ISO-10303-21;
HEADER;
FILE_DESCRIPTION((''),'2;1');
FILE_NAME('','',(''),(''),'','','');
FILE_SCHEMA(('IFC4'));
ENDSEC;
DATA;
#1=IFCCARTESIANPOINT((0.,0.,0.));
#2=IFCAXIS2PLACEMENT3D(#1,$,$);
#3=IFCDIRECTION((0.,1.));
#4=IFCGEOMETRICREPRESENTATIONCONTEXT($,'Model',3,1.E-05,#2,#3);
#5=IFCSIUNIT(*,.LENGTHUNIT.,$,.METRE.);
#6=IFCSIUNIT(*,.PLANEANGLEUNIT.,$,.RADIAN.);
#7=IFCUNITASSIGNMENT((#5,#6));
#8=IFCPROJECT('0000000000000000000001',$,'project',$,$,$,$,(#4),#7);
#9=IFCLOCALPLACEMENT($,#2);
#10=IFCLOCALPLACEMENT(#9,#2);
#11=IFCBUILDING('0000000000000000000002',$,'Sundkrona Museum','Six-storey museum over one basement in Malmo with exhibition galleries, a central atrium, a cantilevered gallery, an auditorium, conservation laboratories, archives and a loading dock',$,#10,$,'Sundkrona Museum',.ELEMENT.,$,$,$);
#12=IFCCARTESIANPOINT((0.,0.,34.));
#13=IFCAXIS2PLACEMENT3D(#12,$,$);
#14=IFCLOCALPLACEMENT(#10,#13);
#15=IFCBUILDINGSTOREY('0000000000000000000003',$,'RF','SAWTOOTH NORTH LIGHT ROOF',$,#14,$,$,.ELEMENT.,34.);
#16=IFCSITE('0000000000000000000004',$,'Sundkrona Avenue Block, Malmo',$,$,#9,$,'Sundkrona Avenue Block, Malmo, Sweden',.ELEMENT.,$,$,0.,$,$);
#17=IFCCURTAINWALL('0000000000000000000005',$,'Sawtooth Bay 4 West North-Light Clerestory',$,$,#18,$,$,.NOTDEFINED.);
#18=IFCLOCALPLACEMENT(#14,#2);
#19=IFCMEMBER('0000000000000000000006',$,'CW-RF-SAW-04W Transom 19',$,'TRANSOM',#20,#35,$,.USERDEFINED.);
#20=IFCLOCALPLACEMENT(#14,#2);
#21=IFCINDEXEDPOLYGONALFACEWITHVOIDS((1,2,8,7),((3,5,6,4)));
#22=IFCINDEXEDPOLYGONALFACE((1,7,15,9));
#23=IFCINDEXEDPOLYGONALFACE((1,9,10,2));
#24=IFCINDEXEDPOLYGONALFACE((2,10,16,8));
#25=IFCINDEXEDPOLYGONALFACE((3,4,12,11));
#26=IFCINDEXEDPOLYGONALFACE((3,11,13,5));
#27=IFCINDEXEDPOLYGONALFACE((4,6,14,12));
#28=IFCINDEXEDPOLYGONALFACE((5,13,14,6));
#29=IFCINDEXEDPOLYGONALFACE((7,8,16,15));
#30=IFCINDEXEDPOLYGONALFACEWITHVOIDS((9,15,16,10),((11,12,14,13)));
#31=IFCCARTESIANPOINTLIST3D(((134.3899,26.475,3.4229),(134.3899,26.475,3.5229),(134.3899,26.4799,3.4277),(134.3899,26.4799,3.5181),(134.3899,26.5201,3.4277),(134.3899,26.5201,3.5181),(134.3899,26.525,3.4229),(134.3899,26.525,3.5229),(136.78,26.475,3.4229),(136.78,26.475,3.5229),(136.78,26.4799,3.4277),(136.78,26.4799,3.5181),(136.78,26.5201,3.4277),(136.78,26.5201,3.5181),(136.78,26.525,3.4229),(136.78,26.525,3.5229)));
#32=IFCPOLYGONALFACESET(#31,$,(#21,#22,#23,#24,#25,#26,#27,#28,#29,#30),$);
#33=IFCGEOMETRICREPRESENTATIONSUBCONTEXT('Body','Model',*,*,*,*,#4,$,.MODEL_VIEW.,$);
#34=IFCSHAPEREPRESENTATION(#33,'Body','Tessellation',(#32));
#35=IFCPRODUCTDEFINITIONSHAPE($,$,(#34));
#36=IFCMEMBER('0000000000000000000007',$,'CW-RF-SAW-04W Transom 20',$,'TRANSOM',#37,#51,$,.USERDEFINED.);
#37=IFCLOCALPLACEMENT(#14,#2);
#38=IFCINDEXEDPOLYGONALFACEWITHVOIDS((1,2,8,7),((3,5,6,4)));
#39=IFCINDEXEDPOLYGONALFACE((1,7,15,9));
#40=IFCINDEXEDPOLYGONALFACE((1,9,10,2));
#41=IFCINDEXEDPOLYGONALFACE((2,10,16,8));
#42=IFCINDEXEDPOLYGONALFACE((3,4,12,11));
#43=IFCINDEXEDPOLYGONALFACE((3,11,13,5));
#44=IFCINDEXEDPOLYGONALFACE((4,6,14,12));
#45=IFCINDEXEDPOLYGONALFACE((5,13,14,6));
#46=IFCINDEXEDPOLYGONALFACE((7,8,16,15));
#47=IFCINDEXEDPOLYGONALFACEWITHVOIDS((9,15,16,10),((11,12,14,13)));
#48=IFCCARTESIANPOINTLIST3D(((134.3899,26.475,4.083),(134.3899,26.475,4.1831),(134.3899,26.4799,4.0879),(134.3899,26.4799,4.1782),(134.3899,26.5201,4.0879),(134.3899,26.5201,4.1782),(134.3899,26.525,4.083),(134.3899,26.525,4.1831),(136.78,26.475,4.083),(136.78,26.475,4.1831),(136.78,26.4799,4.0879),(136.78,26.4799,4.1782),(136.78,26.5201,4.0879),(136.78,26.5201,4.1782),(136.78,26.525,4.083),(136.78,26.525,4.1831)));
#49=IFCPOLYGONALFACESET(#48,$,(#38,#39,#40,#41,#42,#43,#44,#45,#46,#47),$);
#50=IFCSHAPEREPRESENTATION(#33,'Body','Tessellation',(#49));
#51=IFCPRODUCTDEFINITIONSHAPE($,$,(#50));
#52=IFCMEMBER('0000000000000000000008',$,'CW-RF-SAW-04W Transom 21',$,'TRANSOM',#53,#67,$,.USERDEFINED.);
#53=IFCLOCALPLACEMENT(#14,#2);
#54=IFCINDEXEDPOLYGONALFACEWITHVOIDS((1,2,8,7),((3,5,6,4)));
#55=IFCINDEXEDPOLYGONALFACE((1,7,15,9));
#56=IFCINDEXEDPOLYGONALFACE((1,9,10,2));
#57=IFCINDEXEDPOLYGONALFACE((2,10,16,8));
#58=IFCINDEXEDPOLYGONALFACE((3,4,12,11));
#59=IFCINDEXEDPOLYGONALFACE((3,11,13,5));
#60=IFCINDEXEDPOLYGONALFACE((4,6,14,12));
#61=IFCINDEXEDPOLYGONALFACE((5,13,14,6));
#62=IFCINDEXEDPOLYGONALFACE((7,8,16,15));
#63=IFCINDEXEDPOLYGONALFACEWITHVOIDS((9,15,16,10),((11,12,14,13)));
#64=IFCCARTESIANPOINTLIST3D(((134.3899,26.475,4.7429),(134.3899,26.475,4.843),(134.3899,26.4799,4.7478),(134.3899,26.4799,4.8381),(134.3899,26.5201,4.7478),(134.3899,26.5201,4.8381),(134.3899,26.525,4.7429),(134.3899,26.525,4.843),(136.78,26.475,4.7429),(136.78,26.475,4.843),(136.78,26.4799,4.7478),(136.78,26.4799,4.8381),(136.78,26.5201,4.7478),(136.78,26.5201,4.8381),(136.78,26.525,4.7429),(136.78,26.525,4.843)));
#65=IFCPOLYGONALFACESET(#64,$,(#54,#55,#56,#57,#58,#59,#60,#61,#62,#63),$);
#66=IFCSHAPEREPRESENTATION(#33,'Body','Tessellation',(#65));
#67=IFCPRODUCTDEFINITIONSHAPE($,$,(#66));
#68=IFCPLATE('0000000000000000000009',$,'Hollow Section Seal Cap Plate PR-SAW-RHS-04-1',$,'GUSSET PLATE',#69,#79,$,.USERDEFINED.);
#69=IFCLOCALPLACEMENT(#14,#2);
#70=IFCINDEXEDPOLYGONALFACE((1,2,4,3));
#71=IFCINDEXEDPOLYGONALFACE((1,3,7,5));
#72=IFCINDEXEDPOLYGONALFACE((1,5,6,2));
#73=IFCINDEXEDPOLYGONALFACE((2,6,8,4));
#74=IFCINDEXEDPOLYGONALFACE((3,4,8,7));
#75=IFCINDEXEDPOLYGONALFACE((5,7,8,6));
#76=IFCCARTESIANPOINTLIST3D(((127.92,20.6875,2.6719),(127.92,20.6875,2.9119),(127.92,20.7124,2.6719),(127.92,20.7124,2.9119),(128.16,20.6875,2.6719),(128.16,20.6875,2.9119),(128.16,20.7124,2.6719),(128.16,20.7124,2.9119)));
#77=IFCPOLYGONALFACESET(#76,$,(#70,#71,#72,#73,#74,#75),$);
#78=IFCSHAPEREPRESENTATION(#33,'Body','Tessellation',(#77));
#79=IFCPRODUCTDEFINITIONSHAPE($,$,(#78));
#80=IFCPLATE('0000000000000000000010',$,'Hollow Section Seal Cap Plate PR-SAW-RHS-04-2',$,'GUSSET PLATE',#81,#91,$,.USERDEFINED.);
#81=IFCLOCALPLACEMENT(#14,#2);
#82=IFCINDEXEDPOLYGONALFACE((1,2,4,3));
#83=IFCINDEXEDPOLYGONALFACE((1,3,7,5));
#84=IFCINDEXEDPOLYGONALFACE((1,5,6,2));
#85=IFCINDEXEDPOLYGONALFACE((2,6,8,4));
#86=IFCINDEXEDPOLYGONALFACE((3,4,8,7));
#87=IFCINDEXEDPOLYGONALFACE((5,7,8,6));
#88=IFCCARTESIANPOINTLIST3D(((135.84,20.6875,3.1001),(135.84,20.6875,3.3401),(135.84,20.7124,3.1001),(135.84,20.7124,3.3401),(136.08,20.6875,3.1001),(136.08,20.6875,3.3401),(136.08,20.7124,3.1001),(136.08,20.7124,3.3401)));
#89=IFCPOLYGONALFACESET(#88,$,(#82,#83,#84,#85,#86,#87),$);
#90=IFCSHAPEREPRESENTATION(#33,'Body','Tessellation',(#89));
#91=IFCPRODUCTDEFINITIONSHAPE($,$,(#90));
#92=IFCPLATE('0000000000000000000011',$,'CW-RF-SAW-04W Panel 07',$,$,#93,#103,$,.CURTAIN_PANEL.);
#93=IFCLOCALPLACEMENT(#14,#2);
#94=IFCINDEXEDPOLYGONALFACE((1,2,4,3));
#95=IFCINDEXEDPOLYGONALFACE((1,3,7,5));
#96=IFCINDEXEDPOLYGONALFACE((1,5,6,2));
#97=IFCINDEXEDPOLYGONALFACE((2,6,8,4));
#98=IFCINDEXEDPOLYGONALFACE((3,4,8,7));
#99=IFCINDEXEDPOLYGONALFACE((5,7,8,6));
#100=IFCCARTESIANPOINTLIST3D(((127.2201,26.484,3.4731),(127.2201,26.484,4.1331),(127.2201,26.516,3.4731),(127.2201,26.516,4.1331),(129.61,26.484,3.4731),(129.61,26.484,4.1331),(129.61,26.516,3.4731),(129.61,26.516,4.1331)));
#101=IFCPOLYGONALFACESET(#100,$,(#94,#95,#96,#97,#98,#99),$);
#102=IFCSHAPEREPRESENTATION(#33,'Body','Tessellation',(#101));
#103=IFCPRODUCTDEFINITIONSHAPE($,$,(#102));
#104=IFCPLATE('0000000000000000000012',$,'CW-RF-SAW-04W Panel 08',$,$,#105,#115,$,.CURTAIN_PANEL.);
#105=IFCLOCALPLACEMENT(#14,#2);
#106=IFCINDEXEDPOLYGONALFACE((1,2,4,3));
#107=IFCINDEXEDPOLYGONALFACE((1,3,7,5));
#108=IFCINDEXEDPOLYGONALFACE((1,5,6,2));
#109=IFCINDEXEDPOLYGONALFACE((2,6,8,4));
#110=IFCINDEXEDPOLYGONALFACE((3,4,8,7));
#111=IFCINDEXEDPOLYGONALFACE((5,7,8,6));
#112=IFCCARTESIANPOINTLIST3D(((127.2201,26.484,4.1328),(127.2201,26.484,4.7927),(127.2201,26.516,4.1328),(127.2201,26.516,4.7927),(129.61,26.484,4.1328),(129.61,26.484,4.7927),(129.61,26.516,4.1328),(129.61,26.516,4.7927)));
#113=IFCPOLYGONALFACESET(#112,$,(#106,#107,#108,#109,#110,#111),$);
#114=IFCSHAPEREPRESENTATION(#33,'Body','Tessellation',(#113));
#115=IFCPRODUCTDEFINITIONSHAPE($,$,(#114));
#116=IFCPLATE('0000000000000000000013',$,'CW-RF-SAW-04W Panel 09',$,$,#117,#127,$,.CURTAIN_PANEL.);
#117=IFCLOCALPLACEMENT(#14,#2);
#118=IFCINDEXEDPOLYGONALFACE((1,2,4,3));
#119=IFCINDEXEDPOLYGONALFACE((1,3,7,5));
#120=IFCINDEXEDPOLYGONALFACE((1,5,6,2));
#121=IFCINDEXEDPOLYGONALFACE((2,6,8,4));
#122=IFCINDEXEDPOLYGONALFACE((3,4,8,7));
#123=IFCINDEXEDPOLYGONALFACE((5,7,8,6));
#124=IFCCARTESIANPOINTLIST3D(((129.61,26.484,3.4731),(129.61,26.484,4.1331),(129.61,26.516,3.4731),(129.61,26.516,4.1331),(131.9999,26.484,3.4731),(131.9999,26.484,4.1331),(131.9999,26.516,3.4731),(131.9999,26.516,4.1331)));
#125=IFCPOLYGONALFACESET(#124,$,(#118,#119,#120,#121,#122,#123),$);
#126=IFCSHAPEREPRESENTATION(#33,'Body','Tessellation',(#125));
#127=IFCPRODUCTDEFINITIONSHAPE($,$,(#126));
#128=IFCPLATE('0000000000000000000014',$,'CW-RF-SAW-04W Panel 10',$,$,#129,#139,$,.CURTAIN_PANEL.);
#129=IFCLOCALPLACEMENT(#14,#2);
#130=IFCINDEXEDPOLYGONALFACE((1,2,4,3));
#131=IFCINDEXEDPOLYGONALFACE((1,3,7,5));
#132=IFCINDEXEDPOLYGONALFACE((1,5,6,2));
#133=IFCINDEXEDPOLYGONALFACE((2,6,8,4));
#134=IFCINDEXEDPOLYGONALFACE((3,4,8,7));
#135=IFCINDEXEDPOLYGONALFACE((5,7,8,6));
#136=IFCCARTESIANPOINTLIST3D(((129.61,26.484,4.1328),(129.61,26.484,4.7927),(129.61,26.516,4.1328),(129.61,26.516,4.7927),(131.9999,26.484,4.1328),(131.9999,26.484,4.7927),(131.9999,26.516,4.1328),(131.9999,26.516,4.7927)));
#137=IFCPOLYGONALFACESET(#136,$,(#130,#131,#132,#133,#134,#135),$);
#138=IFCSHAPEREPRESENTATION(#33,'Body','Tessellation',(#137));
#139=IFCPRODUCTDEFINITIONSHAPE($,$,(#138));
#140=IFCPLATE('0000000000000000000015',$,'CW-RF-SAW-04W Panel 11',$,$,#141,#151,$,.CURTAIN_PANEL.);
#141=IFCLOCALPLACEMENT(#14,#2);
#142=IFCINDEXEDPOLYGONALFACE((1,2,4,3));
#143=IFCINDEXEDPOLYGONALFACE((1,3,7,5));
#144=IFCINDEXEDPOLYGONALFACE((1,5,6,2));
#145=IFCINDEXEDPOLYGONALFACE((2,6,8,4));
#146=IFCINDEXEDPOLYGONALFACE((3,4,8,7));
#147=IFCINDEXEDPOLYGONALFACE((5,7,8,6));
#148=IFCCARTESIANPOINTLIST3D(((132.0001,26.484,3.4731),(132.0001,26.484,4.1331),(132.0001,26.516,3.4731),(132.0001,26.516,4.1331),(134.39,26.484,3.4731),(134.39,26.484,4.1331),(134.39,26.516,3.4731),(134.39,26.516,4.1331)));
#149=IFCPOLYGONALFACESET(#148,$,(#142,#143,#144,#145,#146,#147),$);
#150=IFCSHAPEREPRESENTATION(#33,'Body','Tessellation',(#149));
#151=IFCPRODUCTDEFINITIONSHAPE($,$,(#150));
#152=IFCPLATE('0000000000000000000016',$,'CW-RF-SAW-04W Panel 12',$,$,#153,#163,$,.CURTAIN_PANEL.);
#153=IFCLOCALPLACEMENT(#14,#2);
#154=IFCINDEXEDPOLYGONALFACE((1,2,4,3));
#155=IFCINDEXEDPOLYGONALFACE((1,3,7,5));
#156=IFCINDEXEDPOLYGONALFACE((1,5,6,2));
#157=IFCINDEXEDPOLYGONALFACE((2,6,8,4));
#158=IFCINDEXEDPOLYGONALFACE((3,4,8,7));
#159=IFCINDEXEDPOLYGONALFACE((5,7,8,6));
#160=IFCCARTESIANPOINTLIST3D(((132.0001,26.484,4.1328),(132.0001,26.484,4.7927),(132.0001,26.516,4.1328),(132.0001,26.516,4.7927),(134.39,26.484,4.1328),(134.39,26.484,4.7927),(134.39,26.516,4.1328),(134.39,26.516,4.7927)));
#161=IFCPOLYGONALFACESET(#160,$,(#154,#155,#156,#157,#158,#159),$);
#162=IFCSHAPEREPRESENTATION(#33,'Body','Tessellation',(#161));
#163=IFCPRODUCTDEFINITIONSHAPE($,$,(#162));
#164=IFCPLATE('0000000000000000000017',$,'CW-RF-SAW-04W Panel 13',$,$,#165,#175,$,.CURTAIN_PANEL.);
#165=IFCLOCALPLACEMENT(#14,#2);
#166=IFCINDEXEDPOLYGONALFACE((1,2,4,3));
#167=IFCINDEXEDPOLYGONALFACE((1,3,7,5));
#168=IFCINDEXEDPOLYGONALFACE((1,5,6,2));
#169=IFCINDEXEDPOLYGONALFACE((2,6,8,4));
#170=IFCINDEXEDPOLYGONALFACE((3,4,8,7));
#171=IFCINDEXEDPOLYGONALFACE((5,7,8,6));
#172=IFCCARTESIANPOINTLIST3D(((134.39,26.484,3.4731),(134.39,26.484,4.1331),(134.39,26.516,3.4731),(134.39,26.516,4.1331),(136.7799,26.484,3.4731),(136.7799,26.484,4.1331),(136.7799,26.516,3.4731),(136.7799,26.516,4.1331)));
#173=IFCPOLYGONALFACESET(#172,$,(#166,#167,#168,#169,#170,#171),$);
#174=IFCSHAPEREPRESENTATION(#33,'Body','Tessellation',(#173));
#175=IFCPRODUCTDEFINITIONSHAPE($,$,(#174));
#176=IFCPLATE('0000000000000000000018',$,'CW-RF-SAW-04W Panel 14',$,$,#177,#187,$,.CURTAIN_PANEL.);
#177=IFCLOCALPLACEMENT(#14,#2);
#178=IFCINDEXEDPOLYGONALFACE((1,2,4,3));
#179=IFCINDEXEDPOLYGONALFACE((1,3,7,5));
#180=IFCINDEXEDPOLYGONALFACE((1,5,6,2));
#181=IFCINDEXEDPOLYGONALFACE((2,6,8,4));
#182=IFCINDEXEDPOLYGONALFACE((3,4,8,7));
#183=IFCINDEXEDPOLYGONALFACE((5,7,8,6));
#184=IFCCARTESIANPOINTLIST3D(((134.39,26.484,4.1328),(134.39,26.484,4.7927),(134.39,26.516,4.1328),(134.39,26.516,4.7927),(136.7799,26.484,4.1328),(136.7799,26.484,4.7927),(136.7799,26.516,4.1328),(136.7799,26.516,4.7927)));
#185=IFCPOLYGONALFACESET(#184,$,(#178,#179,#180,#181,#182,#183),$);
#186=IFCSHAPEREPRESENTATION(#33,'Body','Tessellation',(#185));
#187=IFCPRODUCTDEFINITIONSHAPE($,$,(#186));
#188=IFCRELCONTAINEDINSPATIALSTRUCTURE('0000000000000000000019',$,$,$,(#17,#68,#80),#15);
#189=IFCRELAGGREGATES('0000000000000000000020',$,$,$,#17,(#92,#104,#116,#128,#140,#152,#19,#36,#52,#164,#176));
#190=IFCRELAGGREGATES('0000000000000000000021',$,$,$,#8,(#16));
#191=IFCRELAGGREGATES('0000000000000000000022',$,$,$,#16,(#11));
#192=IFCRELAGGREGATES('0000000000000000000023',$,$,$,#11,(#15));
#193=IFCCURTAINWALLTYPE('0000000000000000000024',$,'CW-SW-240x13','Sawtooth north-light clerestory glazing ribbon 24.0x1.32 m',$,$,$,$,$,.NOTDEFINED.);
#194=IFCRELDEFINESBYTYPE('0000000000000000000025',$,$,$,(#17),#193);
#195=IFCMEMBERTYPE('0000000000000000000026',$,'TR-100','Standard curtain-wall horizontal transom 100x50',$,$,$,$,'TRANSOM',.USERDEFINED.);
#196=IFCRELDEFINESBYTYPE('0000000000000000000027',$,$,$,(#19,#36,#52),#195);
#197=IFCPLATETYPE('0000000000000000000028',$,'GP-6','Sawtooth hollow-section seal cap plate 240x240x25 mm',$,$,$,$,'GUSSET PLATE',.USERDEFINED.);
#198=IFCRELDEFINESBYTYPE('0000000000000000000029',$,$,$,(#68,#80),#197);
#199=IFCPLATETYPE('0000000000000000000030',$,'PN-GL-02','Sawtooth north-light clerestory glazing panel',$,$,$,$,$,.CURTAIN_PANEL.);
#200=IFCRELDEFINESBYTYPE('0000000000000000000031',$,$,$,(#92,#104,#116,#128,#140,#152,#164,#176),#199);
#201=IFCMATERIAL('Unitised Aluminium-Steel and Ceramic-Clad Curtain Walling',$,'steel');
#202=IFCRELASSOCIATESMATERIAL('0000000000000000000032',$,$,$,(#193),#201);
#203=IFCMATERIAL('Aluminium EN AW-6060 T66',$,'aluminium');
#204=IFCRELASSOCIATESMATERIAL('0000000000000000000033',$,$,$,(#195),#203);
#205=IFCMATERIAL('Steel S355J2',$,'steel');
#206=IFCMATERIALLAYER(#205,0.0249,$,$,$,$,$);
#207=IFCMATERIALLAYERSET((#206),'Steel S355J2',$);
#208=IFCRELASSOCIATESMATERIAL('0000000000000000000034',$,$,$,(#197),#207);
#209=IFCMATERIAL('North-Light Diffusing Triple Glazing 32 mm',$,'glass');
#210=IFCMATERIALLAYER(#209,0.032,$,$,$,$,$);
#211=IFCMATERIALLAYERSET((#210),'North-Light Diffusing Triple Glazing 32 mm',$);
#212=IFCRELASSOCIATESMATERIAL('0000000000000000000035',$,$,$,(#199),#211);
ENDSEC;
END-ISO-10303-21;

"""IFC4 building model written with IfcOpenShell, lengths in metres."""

from ifc_helpers import new_model, si_unit, direction, frame, origin, origin_2d, place, context, subcontext, project, spatial, rectangle, hollow_rectangle, extrude, material, layer, layer_set, material_profile, profile_set, type_object, element, aggregate, save


model = new_model("IFC4")

# Units and contexts
model_context = context("Model", 3, precision=1e-05, world=origin(), true_north=direction((0.0, 1.0)))
body_context = subcontext(model_context, "Body", "Model", "MODEL_VIEW")
ifc_project = project(units=[si_unit("LENGTHUNIT", "METRE"), si_unit("PLANEANGLEUNIT", "RADIAN")], contexts=[model_context])

# Site, building, storey
site_placement = place(None, origin())
site = spatial("IfcSite", under=ifc_project, at=site_placement, Name="Sundkrona Avenue Block, Malmo", LongName="Sundkrona Avenue Block, Malmo, Sweden", CompositionType="ELEMENT", RefElevation=0.0)
building_placement = place(site_placement, origin())
building = spatial("IfcBuilding", under=site, at=building_placement, Name="Sundkrona Museum", Description="Six-storey museum over one basement in Malmo with exhibition galleries, a central atrium, a cantilevered gallery, an auditorium, conservation laboratories, archives and a loading dock", LongName="Sundkrona Museum", CompositionType="ELEMENT")
storey_placement = place(building_placement, frame((0.0, 0.0, 34.0)))
storey = spatial("IfcBuildingStorey", under=building, at=storey_placement, Name="RF", Description="SAWTOOTH NORTH LIGHT ROOF", CompositionType="ELEMENT", Elevation=34.0)

# Curtain wall
ifc_material_1 = material(Name="Unitised Aluminium-Steel and Ceramic-Clad Curtain Walling", Category="steel")
curtain_wall_type = type_object("IfcCurtainWallType", Name="CW-SW-240x13", Description="Sawtooth north-light clerestory glazing ribbon 24.0x1.32 m", PredefinedType="NOTDEFINED", material=ifc_material_1)
curtain_wall_placement = place(storey_placement, origin())
curtain_wall = element("IfcCurtainWall", 1, at=curtain_wall_placement, inside=storey, type_object=curtain_wall_type, Name="Sawtooth Bay 4 West North-Light Clerestory", PredefinedType="NOTDEFINED")
ifc_material_2 = material(Name="Aluminium EN AW-6060 T66", Category="aluminium")

# Members
ifc_material_3 = material(Name="Steel S355J2", Category="steel")
ifc_material_profile_1 = material_profile(ifc_material_2, hollow_rectangle(XDim=0.05, YDim=0.1001, WallThickness=0.0049, at=origin_2d()), Name="RHS 100x50x5.0")
ifc_profile_set_1 = profile_set([ifc_material_profile_1], Name="Aluminium EN AW-6060 T66")
member_type_1 = type_object("IfcMemberType", Name="TR-100", Description="Standard curtain-wall horizontal transom 100x50", ElementType="TRANSOM", PredefinedType="USERDEFINED", material=ifc_profile_set_1)
member_1_placement = place(storey_placement, frame((134.3899, 26.5, 3.4729), z_axis=(1.0, 0.0, 0.0), x_axis=(0.0, 1.0, 0.0)))
member_1 = element("IfcMember", 2, at=member_1_placement, type_object=member_type_1, Name="CW-RF-SAW-04W Transom 19", ObjectType="TRANSOM", PredefinedType="USERDEFINED", context=body_context, shape_type="SweptSolid", body=[
    extrude(hollow_rectangle(XDim=0.05, YDim=0.1001, WallThickness=0.0049, at=origin_2d()), origin(), (0.0, 0.0, 1.0), 2.3901),
])
member_2_placement = place(storey_placement, frame((134.3899, 26.5, 4.1331), z_axis=(1.0, 0.0, 0.0), x_axis=(0.0, 1.0, 0.0)))
member_2 = element("IfcMember", 3, at=member_2_placement, type_object=member_type_1, Name="CW-RF-SAW-04W Transom 20", ObjectType="TRANSOM", PredefinedType="USERDEFINED", context=body_context, shape_type="SweptSolid", body=[
    extrude(hollow_rectangle(XDim=0.05, YDim=0.1001, WallThickness=0.0049, at=origin_2d()), origin(), (0.0, 0.0, 1.0), 2.3901),
])
member_3_placement = place(storey_placement, frame((134.3899, 26.5, 4.793), z_axis=(1.0, 0.0, 0.0), x_axis=(0.0, 1.0, 0.0)))
member_3 = element("IfcMember", 4, at=member_3_placement, type_object=member_type_1, Name="CW-RF-SAW-04W Transom 21", ObjectType="TRANSOM", PredefinedType="USERDEFINED", context=body_context, shape_type="SweptSolid", body=[
    extrude(hollow_rectangle(XDim=0.05, YDim=0.1001, WallThickness=0.0049, at=origin_2d()), origin(), (0.0, 0.0, 1.0), 2.3901),
])

# Plates
ifc_layer_1 = layer(ifc_material_3, 0.0249)
ifc_layer_set_1 = layer_set([ifc_layer_1], Name="Steel S355J2")
plate_type_1 = type_object("IfcPlateType", Name="GP-6", Description="Sawtooth hollow-section seal cap plate 240x240x25 mm", ElementType="GUSSET PLATE", PredefinedType="USERDEFINED", material=ifc_layer_set_1)
for number, where, z_axis, x_axis, name in (
    (5, (128.04, 20.7, 2.6719), (0.0, 0.0, 1.0), (1.0, 0.0, 0.0), "Hollow Section Seal Cap Plate PR-SAW-RHS-04-1"),
    (6, (135.96, 20.7, 3.1001), (0.0, 0.0, 1.0), (1.0, 0.0, 0.0), "Hollow Section Seal Cap Plate PR-SAW-RHS-04-2"),
):
    element("IfcPlate", number, at=place(storey_placement, frame(where, z_axis=z_axis, x_axis=x_axis)), inside=storey, type_object=plate_type_1, Name=name, ObjectType="GUSSET PLATE", PredefinedType="USERDEFINED", context=body_context, shape_type="SweptSolid", body=[
        extrude(rectangle(XDim=0.24, YDim=0.0249, at=origin_2d()), origin(), (0.0, 0.0, 1.0), 0.24),
    ])

# Plates
ifc_material_4 = material(Name="North-Light Diffusing Triple Glazing 32 mm", Category="glass")
ifc_layer_2 = layer(ifc_material_4, 0.032)
ifc_layer_set_2 = layer_set([ifc_layer_2], Name="North-Light Diffusing Triple Glazing 32 mm")
plate_type_2 = type_object("IfcPlateType", Name="PN-GL-02", Description="Sawtooth north-light clerestory glazing panel", PredefinedType="CURTAIN_PANEL", material=ifc_layer_set_2)
plate_1_placement = place(storey_placement, frame((128.415, 26.5, 3.4731), z_axis=(0.0, 0.0, 1.0), x_axis=(1.0, 0.0, 0.0)))
plate_1 = element("IfcPlate", 7, at=plate_1_placement, type_object=plate_type_2, Name="CW-RF-SAW-04W Panel 07", PredefinedType="CURTAIN_PANEL", context=body_context, shape_type="SweptSolid", body=[
    extrude(rectangle(XDim=2.3899, YDim=0.032, at=origin_2d()), origin(), (0.0, 0.0, 1.0), 0.6599),
])
plate_2_placement = place(storey_placement, frame((128.415, 26.5, 4.1328), z_axis=(0.0, 0.0, 1.0), x_axis=(1.0, 0.0, 0.0)))
plate_2 = element("IfcPlate", 8, at=plate_2_placement, type_object=plate_type_2, Name="CW-RF-SAW-04W Panel 08", PredefinedType="CURTAIN_PANEL", context=body_context, shape_type="SweptSolid", body=[
    extrude(rectangle(XDim=2.3899, YDim=0.032, at=origin_2d()), origin(), (0.0, 0.0, 1.0), 0.6599),
])
plate_3_placement = place(storey_placement, frame((130.8049, 26.5, 3.4731), z_axis=(0.0, 0.0, 1.0), x_axis=(1.0, 0.0, 0.0)))
plate_3 = element("IfcPlate", 9, at=plate_3_placement, type_object=plate_type_2, Name="CW-RF-SAW-04W Panel 09", PredefinedType="CURTAIN_PANEL", context=body_context, shape_type="SweptSolid", body=[
    extrude(rectangle(XDim=2.3899, YDim=0.032, at=origin_2d()), origin(), (0.0, 0.0, 1.0), 0.6599),
])
plate_4_placement = place(storey_placement, frame((130.8049, 26.5, 4.1328), z_axis=(0.0, 0.0, 1.0), x_axis=(1.0, 0.0, 0.0)))
plate_4 = element("IfcPlate", 10, at=plate_4_placement, type_object=plate_type_2, Name="CW-RF-SAW-04W Panel 10", PredefinedType="CURTAIN_PANEL", context=body_context, shape_type="SweptSolid", body=[
    extrude(rectangle(XDim=2.3899, YDim=0.032, at=origin_2d()), origin(), (0.0, 0.0, 1.0), 0.6599),
])
plate_5_placement = place(storey_placement, frame((133.1951, 26.5, 3.4731), z_axis=(0.0, 0.0, 1.0), x_axis=(1.0, 0.0, 0.0)))
plate_5 = element("IfcPlate", 11, at=plate_5_placement, type_object=plate_type_2, Name="CW-RF-SAW-04W Panel 11", PredefinedType="CURTAIN_PANEL", context=body_context, shape_type="SweptSolid", body=[
    extrude(rectangle(XDim=2.3899, YDim=0.032, at=origin_2d()), origin(), (0.0, 0.0, 1.0), 0.6599),
])
plate_6_placement = place(storey_placement, frame((133.1951, 26.5, 4.1328), z_axis=(0.0, 0.0, 1.0), x_axis=(1.0, 0.0, 0.0)))
plate_6 = element("IfcPlate", 12, at=plate_6_placement, type_object=plate_type_2, Name="CW-RF-SAW-04W Panel 12", PredefinedType="CURTAIN_PANEL", context=body_context, shape_type="SweptSolid", body=[
    extrude(rectangle(XDim=2.3899, YDim=0.032, at=origin_2d()), origin(), (0.0, 0.0, 1.0), 0.6599),
])
plate_7_placement = place(storey_placement, frame((135.585, 26.5, 3.4731), z_axis=(0.0, 0.0, 1.0), x_axis=(1.0, 0.0, 0.0)))
plate_7 = element("IfcPlate", 13, at=plate_7_placement, type_object=plate_type_2, Name="CW-RF-SAW-04W Panel 13", PredefinedType="CURTAIN_PANEL", context=body_context, shape_type="SweptSolid", body=[
    extrude(rectangle(XDim=2.3899, YDim=0.032, at=origin_2d()), origin(), (0.0, 0.0, 1.0), 0.6599),
])
plate_8_placement = place(storey_placement, frame((135.585, 26.5, 4.1328), z_axis=(0.0, 0.0, 1.0), x_axis=(1.0, 0.0, 0.0)))
plate_8 = element("IfcPlate", 14, at=plate_8_placement, type_object=plate_type_2, Name="CW-RF-SAW-04W Panel 14", PredefinedType="CURTAIN_PANEL", context=body_context, shape_type="SweptSolid", body=[
    extrude(rectangle(XDim=2.3899, YDim=0.032, at=origin_2d()), origin(), (0.0, 0.0, 1.0), 0.6599),
])
aggregate(curtain_wall, [plate_1, plate_2, plate_3, plate_4, plate_5, plate_6, member_1, member_2, member_3, plate_7, plate_8])

save(model, "model.ifc")
